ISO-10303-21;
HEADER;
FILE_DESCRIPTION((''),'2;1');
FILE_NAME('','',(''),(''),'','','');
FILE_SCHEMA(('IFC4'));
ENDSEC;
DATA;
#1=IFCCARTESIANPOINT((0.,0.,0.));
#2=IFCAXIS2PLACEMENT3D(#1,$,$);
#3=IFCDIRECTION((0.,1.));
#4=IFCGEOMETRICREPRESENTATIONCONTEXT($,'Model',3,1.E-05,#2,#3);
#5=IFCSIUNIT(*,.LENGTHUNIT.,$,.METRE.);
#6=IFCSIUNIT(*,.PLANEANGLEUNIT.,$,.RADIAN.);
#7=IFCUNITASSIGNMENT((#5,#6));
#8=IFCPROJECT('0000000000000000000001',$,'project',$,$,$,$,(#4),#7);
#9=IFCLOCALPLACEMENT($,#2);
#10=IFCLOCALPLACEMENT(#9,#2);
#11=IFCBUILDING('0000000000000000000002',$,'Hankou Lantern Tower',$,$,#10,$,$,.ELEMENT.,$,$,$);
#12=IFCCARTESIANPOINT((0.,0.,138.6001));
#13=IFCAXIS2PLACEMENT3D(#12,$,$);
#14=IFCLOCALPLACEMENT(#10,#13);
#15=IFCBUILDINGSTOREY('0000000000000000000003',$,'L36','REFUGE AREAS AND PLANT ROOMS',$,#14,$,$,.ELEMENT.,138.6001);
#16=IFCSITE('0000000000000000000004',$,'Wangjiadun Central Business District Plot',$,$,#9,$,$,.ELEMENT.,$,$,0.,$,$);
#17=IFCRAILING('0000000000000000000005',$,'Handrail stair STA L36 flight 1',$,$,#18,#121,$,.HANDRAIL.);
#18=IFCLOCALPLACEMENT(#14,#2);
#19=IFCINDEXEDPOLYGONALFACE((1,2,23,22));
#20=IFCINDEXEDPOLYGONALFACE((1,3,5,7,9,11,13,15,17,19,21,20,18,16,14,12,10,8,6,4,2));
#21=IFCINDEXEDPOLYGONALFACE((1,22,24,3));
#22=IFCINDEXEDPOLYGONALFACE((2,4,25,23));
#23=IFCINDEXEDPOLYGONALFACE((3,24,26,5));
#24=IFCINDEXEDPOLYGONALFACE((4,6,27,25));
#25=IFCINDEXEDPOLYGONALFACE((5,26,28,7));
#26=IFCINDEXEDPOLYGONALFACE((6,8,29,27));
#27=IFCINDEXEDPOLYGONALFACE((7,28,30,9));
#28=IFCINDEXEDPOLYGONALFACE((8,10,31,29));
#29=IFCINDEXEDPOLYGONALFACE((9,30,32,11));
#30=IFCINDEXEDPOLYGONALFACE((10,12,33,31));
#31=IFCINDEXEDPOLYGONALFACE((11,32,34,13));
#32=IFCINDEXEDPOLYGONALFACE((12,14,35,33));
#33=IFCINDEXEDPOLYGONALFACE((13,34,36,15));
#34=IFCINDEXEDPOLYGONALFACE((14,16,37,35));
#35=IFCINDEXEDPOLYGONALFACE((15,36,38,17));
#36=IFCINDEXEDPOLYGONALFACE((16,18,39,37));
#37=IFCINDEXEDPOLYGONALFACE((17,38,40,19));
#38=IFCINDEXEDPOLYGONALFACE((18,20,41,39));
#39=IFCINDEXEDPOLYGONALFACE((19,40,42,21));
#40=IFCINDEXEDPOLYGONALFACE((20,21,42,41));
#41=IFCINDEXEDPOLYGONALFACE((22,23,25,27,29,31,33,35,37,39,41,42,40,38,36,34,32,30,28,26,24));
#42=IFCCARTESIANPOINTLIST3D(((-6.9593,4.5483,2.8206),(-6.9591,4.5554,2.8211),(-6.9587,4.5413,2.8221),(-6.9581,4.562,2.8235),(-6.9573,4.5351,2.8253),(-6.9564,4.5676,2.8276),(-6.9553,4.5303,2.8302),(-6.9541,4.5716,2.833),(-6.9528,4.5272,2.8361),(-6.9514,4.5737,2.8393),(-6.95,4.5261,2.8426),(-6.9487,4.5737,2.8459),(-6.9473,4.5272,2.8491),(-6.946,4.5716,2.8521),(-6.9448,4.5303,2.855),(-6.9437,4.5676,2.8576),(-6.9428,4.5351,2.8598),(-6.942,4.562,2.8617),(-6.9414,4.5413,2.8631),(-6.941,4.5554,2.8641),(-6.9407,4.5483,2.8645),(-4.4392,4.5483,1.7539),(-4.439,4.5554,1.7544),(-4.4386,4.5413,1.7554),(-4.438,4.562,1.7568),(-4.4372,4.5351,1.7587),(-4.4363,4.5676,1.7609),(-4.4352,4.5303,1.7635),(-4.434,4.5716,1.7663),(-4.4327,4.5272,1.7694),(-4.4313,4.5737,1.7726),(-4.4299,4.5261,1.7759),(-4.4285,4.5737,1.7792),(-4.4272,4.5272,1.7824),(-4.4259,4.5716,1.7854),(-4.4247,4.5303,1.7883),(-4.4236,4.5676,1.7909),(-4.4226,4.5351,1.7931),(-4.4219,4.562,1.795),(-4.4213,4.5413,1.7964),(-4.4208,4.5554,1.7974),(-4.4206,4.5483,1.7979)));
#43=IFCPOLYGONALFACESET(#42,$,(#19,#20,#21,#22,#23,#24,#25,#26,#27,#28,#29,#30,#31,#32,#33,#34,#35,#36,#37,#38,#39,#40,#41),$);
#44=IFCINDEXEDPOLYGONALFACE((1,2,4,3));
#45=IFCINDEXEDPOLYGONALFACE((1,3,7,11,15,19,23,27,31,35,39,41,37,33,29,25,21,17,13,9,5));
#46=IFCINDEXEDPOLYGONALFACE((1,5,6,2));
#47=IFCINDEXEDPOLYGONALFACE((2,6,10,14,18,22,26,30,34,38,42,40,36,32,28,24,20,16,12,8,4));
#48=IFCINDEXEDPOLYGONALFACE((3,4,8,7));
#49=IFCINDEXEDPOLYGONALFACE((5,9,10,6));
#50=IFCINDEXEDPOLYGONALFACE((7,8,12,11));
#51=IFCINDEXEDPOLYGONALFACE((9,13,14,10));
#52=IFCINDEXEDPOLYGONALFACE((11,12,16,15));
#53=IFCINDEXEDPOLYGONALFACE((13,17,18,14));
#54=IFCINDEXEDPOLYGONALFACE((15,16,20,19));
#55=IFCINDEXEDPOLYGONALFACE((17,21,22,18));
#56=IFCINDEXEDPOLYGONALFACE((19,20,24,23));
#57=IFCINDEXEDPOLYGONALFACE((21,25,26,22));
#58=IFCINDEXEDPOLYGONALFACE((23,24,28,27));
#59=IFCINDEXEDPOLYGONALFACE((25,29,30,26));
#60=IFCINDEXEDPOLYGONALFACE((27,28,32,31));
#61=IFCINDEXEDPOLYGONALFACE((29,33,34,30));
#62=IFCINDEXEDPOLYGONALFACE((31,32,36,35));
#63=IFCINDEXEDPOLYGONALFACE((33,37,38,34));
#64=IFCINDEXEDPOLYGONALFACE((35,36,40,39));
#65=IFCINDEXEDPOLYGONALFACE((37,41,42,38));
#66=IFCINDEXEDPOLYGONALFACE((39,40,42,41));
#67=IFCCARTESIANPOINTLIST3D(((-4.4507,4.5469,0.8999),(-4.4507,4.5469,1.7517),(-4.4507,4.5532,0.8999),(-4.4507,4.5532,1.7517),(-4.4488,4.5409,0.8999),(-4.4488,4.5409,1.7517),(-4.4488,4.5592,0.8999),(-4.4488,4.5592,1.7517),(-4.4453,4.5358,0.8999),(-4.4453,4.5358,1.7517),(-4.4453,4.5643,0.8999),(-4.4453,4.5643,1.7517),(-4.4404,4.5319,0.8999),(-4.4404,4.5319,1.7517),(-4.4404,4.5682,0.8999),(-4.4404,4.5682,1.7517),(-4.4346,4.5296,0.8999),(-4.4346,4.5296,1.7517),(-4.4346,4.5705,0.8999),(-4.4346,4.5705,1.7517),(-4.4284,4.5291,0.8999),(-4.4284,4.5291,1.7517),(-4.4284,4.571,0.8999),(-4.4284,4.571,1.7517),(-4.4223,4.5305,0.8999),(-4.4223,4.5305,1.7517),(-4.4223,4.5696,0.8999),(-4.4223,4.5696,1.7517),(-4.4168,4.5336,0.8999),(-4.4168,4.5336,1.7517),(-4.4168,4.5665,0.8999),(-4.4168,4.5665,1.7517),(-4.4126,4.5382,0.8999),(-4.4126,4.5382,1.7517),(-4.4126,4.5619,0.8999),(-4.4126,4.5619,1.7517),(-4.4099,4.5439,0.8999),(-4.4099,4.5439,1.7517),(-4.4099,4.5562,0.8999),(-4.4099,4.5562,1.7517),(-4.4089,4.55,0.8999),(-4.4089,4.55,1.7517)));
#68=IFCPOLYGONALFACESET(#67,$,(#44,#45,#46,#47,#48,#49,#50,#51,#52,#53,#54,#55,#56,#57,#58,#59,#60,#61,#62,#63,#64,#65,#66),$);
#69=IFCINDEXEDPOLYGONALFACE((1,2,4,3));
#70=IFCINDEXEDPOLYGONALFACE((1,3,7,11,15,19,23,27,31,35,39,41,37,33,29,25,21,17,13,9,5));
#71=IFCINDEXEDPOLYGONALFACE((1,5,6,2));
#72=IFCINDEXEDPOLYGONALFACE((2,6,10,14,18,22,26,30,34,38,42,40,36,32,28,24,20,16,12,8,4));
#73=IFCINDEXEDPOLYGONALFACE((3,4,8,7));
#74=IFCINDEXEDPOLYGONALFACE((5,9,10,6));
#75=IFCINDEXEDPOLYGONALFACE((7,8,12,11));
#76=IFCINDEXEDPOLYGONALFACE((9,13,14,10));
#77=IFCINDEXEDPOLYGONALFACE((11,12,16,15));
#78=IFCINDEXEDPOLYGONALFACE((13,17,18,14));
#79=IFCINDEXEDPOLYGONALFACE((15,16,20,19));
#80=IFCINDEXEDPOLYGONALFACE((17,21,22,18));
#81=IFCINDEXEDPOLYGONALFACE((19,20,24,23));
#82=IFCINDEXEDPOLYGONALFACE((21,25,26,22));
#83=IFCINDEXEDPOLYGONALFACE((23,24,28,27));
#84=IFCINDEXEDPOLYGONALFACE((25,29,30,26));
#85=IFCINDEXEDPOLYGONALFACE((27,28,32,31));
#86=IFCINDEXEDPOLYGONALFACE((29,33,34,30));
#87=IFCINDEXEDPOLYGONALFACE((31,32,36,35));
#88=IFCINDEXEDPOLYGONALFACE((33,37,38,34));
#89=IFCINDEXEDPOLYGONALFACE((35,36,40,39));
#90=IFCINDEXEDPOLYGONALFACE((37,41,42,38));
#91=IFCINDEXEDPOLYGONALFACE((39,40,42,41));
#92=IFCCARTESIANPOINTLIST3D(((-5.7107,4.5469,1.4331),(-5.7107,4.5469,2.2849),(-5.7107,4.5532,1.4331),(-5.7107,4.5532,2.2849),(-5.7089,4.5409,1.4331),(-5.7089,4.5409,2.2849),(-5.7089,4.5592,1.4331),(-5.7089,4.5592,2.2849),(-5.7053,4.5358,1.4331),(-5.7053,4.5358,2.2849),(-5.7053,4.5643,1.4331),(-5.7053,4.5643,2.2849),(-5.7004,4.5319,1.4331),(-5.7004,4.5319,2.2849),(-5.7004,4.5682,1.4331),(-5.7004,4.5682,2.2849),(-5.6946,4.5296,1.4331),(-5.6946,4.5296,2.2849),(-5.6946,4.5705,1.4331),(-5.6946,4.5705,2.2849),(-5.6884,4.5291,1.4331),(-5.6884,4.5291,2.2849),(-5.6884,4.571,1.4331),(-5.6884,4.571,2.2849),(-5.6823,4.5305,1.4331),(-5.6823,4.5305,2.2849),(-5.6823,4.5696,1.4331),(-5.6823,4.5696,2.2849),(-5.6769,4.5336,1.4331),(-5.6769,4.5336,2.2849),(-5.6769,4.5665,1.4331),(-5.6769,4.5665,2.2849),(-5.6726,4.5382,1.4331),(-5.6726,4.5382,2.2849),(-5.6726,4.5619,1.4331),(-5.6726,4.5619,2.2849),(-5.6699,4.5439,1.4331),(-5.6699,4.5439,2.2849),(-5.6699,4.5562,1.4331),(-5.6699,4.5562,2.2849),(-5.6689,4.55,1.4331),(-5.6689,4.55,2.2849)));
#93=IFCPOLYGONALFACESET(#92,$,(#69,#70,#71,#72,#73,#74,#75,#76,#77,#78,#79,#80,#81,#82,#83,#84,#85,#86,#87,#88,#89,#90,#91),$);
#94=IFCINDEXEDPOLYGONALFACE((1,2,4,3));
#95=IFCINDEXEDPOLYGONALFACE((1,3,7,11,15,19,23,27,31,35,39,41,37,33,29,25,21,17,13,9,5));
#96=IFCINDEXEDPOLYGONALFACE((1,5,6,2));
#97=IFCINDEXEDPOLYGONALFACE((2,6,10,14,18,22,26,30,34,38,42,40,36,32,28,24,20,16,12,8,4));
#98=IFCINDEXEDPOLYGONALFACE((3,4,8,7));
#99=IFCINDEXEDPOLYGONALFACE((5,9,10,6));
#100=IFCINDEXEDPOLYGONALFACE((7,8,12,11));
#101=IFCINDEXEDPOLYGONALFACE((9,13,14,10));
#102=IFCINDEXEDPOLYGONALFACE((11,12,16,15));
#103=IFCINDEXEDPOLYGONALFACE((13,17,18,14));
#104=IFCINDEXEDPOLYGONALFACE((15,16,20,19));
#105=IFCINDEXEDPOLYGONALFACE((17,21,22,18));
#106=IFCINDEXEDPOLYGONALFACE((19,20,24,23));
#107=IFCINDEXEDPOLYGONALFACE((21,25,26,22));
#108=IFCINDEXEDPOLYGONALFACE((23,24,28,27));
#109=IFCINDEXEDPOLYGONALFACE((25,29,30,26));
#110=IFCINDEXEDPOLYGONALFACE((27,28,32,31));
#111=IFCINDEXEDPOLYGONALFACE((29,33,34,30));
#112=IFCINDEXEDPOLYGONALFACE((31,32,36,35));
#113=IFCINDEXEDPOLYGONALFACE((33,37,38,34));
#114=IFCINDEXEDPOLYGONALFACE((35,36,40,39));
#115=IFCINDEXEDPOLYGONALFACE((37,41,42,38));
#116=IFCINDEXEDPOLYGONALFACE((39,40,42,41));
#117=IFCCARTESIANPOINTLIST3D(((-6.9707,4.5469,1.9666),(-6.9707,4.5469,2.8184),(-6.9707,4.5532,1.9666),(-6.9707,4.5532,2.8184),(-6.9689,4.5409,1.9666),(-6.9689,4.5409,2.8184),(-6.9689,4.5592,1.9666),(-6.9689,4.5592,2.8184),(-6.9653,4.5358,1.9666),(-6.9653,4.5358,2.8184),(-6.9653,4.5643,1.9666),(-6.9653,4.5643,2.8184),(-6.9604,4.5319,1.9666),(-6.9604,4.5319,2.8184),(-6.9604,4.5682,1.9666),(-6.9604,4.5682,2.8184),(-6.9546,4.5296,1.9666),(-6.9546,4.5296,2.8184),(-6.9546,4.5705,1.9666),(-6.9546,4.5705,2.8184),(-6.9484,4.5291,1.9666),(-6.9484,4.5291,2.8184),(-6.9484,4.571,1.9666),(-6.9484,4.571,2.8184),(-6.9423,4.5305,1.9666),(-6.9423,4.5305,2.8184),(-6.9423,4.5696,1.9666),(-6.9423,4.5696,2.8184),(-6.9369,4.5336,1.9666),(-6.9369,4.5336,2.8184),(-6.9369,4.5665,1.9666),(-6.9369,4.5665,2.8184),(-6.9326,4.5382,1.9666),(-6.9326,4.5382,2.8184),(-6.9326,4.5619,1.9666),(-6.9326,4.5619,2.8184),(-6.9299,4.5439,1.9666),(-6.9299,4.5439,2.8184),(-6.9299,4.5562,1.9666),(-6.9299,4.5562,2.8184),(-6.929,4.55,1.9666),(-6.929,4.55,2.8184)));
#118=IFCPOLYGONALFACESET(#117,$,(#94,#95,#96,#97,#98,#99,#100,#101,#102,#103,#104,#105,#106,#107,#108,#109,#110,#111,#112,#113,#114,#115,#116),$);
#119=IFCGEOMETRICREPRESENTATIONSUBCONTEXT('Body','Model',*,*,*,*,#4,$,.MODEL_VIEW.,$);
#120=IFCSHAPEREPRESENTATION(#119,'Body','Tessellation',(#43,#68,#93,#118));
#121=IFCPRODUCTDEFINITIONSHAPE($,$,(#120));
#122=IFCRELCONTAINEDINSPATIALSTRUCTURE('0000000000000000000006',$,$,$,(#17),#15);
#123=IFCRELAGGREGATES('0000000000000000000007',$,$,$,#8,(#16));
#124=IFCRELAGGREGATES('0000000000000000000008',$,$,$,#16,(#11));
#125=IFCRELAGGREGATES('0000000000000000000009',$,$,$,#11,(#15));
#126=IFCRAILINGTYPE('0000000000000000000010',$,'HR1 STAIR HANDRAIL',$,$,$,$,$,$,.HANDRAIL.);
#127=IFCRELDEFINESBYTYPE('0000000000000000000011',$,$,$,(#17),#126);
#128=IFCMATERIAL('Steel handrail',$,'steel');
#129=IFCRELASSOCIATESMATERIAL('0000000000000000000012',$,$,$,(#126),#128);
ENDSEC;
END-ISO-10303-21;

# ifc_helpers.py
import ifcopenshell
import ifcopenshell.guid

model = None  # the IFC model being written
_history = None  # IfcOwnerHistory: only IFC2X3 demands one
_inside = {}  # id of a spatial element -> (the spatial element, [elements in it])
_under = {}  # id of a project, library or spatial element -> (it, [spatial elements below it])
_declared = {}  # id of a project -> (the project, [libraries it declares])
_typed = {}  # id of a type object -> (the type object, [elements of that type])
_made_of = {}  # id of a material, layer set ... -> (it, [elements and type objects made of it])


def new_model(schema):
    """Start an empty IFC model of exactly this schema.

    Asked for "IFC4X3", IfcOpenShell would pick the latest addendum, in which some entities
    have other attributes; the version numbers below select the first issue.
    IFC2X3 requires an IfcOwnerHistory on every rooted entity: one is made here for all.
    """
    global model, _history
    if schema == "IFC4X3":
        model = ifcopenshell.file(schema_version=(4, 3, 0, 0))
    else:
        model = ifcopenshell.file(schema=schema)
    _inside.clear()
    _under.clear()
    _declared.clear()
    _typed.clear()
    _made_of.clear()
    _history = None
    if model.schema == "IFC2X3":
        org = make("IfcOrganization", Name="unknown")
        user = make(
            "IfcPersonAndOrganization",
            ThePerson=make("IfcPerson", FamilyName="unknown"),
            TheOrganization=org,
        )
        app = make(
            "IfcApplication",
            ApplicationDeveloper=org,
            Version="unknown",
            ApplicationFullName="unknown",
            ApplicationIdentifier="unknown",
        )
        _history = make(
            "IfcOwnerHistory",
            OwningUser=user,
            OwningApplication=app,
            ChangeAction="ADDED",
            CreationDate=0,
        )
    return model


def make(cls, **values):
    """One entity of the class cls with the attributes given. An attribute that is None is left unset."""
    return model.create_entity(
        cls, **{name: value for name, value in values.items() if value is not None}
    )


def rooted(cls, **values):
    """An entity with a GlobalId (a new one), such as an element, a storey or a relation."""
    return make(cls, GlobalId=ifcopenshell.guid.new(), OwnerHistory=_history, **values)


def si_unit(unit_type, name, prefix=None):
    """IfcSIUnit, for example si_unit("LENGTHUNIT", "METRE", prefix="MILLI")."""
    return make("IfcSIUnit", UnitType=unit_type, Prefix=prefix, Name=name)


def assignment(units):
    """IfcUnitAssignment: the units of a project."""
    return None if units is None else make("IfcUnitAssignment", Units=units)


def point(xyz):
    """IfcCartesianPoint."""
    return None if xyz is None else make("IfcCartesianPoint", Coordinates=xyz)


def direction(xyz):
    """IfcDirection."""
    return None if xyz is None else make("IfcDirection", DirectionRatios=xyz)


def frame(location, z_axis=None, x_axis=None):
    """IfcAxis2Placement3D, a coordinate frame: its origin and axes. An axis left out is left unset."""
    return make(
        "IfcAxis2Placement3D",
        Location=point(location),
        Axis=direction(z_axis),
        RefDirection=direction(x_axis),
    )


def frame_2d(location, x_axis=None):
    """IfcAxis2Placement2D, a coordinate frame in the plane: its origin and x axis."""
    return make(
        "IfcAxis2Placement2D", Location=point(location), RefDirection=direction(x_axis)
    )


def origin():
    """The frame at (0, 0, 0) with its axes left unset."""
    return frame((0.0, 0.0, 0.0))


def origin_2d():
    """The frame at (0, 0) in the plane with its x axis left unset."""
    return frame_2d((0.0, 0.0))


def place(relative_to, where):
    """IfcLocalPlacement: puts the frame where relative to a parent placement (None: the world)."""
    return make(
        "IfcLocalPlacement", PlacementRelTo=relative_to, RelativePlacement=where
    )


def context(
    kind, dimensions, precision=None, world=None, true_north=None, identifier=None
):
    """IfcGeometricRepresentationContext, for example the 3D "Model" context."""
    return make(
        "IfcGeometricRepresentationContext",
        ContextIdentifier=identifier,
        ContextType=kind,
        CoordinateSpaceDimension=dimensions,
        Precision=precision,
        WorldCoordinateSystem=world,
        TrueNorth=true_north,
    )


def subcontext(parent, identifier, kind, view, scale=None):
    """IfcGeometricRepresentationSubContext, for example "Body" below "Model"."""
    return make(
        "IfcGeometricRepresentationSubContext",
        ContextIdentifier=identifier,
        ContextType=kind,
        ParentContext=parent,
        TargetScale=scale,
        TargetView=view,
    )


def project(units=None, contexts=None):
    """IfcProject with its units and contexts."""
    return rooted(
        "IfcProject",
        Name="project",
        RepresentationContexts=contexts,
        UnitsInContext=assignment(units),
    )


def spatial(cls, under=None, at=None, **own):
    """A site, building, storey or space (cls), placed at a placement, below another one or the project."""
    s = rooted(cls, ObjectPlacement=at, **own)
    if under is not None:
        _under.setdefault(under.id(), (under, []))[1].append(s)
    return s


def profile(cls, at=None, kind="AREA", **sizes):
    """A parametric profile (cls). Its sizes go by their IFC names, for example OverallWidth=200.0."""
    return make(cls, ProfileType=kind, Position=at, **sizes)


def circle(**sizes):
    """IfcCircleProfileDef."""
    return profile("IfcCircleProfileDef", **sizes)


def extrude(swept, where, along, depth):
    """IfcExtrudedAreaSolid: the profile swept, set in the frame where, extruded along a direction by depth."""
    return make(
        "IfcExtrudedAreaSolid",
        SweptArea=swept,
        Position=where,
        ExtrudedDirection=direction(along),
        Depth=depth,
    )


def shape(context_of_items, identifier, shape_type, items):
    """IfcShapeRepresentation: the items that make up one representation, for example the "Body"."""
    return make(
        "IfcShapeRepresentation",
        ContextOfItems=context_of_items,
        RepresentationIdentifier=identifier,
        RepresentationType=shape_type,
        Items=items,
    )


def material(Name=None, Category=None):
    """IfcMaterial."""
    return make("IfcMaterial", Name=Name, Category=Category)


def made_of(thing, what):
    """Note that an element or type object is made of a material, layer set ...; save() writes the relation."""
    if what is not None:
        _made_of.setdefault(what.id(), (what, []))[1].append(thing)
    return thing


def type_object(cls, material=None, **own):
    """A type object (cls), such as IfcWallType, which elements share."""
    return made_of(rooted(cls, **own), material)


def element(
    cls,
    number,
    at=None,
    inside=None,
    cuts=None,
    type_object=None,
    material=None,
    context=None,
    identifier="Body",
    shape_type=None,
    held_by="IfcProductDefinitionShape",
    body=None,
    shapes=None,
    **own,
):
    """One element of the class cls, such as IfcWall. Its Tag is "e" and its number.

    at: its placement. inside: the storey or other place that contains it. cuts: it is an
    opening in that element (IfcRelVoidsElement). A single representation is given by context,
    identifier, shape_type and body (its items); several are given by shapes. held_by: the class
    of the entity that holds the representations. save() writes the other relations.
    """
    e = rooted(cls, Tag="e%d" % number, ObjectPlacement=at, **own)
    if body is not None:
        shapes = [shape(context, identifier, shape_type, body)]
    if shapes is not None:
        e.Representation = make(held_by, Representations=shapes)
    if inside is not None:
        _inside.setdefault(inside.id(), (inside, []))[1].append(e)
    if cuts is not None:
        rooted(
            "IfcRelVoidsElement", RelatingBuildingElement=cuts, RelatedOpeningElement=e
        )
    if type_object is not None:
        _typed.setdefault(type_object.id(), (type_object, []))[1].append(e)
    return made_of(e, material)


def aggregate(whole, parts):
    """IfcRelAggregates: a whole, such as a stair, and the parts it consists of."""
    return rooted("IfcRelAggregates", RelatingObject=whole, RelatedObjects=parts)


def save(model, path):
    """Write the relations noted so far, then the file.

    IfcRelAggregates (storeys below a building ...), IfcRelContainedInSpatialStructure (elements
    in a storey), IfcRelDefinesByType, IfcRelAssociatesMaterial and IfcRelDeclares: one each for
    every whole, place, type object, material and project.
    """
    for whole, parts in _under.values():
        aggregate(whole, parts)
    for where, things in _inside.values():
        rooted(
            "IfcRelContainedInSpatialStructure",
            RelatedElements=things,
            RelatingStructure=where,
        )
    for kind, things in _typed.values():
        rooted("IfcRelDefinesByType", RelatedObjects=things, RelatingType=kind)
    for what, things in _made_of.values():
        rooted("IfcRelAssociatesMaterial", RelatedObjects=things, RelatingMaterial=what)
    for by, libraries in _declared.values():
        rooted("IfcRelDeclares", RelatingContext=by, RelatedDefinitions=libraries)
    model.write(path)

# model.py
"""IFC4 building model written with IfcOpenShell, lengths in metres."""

from ifc_helpers import new_model, si_unit, direction, frame, origin, origin_2d, place, context, subcontext, project, spatial, circle, extrude, material, type_object, element, save


model = new_model("IFC4")

# Units and contexts
model_context = context("Model", 3, precision=1e-05, world=origin(), true_north=direction((0.0, 1.0)))
body_context = subcontext(model_context, "Body", "Model", "MODEL_VIEW")
ifc_project = project(units=[si_unit("LENGTHUNIT", "METRE"), si_unit("PLANEANGLEUNIT", "RADIAN")], contexts=[model_context])

# Site, building, storey
site_placement = place(None, origin())
site = spatial("IfcSite", under=ifc_project, at=site_placement, Name="Wangjiadun Central Business District Plot", CompositionType="ELEMENT", RefElevation=0.0)
building_placement = place(site_placement, origin())
building = spatial("IfcBuilding", under=site, at=building_placement, Name="Hankou Lantern Tower", CompositionType="ELEMENT")
storey_placement = place(building_placement, frame((0.0, 0.0, 138.6001)))
storey = spatial("IfcBuildingStorey", under=building, at=storey_placement, Name="L36", Description="REFUGE AREAS AND PLANT ROOMS", CompositionType="ELEMENT", Elevation=138.6001)

# Railing
ifc_material_1 = material(Name="Steel handrail", Category="steel")
railing_type = type_object("IfcRailingType", Name="HR1 STAIR HANDRAIL", PredefinedType="HANDRAIL", material=ifc_material_1)
railing_1_placement = place(storey_placement, frame((-4.4299, 4.55, 0.8999)))
element("IfcRailing", 1, at=railing_1_placement, inside=storey, type_object=railing_type, Name="Handrail stair STA L36 flight 1", PredefinedType="HANDRAIL", context=body_context, shape_type="SweptSolid", body=[
    extrude(circle(Radius=0.0239, at=origin_2d()), frame((0.0, 0.0, 0.876), z_axis=(-0.920903, 0.0, 0.389791), x_axis=(0.0, -1.0, 0.0)), (0.0, 0.0, 1.0), 2.7366),
    extrude(circle(Radius=0.021, at=origin_2d()), origin(), (0.0, 0.0, 1.0), 0.8518),
    extrude(circle(Radius=0.021, at=origin_2d()), frame((-1.26, 0.0, 0.5332)), (0.0, 0.0, 1.0), 0.8518),
    extrude(circle(Radius=0.021, at=origin_2d()), frame((-2.52, 0.0, 1.0667)), (0.0, 0.0, 1.0), 0.8518),
])

save(model, "model.ifc")
